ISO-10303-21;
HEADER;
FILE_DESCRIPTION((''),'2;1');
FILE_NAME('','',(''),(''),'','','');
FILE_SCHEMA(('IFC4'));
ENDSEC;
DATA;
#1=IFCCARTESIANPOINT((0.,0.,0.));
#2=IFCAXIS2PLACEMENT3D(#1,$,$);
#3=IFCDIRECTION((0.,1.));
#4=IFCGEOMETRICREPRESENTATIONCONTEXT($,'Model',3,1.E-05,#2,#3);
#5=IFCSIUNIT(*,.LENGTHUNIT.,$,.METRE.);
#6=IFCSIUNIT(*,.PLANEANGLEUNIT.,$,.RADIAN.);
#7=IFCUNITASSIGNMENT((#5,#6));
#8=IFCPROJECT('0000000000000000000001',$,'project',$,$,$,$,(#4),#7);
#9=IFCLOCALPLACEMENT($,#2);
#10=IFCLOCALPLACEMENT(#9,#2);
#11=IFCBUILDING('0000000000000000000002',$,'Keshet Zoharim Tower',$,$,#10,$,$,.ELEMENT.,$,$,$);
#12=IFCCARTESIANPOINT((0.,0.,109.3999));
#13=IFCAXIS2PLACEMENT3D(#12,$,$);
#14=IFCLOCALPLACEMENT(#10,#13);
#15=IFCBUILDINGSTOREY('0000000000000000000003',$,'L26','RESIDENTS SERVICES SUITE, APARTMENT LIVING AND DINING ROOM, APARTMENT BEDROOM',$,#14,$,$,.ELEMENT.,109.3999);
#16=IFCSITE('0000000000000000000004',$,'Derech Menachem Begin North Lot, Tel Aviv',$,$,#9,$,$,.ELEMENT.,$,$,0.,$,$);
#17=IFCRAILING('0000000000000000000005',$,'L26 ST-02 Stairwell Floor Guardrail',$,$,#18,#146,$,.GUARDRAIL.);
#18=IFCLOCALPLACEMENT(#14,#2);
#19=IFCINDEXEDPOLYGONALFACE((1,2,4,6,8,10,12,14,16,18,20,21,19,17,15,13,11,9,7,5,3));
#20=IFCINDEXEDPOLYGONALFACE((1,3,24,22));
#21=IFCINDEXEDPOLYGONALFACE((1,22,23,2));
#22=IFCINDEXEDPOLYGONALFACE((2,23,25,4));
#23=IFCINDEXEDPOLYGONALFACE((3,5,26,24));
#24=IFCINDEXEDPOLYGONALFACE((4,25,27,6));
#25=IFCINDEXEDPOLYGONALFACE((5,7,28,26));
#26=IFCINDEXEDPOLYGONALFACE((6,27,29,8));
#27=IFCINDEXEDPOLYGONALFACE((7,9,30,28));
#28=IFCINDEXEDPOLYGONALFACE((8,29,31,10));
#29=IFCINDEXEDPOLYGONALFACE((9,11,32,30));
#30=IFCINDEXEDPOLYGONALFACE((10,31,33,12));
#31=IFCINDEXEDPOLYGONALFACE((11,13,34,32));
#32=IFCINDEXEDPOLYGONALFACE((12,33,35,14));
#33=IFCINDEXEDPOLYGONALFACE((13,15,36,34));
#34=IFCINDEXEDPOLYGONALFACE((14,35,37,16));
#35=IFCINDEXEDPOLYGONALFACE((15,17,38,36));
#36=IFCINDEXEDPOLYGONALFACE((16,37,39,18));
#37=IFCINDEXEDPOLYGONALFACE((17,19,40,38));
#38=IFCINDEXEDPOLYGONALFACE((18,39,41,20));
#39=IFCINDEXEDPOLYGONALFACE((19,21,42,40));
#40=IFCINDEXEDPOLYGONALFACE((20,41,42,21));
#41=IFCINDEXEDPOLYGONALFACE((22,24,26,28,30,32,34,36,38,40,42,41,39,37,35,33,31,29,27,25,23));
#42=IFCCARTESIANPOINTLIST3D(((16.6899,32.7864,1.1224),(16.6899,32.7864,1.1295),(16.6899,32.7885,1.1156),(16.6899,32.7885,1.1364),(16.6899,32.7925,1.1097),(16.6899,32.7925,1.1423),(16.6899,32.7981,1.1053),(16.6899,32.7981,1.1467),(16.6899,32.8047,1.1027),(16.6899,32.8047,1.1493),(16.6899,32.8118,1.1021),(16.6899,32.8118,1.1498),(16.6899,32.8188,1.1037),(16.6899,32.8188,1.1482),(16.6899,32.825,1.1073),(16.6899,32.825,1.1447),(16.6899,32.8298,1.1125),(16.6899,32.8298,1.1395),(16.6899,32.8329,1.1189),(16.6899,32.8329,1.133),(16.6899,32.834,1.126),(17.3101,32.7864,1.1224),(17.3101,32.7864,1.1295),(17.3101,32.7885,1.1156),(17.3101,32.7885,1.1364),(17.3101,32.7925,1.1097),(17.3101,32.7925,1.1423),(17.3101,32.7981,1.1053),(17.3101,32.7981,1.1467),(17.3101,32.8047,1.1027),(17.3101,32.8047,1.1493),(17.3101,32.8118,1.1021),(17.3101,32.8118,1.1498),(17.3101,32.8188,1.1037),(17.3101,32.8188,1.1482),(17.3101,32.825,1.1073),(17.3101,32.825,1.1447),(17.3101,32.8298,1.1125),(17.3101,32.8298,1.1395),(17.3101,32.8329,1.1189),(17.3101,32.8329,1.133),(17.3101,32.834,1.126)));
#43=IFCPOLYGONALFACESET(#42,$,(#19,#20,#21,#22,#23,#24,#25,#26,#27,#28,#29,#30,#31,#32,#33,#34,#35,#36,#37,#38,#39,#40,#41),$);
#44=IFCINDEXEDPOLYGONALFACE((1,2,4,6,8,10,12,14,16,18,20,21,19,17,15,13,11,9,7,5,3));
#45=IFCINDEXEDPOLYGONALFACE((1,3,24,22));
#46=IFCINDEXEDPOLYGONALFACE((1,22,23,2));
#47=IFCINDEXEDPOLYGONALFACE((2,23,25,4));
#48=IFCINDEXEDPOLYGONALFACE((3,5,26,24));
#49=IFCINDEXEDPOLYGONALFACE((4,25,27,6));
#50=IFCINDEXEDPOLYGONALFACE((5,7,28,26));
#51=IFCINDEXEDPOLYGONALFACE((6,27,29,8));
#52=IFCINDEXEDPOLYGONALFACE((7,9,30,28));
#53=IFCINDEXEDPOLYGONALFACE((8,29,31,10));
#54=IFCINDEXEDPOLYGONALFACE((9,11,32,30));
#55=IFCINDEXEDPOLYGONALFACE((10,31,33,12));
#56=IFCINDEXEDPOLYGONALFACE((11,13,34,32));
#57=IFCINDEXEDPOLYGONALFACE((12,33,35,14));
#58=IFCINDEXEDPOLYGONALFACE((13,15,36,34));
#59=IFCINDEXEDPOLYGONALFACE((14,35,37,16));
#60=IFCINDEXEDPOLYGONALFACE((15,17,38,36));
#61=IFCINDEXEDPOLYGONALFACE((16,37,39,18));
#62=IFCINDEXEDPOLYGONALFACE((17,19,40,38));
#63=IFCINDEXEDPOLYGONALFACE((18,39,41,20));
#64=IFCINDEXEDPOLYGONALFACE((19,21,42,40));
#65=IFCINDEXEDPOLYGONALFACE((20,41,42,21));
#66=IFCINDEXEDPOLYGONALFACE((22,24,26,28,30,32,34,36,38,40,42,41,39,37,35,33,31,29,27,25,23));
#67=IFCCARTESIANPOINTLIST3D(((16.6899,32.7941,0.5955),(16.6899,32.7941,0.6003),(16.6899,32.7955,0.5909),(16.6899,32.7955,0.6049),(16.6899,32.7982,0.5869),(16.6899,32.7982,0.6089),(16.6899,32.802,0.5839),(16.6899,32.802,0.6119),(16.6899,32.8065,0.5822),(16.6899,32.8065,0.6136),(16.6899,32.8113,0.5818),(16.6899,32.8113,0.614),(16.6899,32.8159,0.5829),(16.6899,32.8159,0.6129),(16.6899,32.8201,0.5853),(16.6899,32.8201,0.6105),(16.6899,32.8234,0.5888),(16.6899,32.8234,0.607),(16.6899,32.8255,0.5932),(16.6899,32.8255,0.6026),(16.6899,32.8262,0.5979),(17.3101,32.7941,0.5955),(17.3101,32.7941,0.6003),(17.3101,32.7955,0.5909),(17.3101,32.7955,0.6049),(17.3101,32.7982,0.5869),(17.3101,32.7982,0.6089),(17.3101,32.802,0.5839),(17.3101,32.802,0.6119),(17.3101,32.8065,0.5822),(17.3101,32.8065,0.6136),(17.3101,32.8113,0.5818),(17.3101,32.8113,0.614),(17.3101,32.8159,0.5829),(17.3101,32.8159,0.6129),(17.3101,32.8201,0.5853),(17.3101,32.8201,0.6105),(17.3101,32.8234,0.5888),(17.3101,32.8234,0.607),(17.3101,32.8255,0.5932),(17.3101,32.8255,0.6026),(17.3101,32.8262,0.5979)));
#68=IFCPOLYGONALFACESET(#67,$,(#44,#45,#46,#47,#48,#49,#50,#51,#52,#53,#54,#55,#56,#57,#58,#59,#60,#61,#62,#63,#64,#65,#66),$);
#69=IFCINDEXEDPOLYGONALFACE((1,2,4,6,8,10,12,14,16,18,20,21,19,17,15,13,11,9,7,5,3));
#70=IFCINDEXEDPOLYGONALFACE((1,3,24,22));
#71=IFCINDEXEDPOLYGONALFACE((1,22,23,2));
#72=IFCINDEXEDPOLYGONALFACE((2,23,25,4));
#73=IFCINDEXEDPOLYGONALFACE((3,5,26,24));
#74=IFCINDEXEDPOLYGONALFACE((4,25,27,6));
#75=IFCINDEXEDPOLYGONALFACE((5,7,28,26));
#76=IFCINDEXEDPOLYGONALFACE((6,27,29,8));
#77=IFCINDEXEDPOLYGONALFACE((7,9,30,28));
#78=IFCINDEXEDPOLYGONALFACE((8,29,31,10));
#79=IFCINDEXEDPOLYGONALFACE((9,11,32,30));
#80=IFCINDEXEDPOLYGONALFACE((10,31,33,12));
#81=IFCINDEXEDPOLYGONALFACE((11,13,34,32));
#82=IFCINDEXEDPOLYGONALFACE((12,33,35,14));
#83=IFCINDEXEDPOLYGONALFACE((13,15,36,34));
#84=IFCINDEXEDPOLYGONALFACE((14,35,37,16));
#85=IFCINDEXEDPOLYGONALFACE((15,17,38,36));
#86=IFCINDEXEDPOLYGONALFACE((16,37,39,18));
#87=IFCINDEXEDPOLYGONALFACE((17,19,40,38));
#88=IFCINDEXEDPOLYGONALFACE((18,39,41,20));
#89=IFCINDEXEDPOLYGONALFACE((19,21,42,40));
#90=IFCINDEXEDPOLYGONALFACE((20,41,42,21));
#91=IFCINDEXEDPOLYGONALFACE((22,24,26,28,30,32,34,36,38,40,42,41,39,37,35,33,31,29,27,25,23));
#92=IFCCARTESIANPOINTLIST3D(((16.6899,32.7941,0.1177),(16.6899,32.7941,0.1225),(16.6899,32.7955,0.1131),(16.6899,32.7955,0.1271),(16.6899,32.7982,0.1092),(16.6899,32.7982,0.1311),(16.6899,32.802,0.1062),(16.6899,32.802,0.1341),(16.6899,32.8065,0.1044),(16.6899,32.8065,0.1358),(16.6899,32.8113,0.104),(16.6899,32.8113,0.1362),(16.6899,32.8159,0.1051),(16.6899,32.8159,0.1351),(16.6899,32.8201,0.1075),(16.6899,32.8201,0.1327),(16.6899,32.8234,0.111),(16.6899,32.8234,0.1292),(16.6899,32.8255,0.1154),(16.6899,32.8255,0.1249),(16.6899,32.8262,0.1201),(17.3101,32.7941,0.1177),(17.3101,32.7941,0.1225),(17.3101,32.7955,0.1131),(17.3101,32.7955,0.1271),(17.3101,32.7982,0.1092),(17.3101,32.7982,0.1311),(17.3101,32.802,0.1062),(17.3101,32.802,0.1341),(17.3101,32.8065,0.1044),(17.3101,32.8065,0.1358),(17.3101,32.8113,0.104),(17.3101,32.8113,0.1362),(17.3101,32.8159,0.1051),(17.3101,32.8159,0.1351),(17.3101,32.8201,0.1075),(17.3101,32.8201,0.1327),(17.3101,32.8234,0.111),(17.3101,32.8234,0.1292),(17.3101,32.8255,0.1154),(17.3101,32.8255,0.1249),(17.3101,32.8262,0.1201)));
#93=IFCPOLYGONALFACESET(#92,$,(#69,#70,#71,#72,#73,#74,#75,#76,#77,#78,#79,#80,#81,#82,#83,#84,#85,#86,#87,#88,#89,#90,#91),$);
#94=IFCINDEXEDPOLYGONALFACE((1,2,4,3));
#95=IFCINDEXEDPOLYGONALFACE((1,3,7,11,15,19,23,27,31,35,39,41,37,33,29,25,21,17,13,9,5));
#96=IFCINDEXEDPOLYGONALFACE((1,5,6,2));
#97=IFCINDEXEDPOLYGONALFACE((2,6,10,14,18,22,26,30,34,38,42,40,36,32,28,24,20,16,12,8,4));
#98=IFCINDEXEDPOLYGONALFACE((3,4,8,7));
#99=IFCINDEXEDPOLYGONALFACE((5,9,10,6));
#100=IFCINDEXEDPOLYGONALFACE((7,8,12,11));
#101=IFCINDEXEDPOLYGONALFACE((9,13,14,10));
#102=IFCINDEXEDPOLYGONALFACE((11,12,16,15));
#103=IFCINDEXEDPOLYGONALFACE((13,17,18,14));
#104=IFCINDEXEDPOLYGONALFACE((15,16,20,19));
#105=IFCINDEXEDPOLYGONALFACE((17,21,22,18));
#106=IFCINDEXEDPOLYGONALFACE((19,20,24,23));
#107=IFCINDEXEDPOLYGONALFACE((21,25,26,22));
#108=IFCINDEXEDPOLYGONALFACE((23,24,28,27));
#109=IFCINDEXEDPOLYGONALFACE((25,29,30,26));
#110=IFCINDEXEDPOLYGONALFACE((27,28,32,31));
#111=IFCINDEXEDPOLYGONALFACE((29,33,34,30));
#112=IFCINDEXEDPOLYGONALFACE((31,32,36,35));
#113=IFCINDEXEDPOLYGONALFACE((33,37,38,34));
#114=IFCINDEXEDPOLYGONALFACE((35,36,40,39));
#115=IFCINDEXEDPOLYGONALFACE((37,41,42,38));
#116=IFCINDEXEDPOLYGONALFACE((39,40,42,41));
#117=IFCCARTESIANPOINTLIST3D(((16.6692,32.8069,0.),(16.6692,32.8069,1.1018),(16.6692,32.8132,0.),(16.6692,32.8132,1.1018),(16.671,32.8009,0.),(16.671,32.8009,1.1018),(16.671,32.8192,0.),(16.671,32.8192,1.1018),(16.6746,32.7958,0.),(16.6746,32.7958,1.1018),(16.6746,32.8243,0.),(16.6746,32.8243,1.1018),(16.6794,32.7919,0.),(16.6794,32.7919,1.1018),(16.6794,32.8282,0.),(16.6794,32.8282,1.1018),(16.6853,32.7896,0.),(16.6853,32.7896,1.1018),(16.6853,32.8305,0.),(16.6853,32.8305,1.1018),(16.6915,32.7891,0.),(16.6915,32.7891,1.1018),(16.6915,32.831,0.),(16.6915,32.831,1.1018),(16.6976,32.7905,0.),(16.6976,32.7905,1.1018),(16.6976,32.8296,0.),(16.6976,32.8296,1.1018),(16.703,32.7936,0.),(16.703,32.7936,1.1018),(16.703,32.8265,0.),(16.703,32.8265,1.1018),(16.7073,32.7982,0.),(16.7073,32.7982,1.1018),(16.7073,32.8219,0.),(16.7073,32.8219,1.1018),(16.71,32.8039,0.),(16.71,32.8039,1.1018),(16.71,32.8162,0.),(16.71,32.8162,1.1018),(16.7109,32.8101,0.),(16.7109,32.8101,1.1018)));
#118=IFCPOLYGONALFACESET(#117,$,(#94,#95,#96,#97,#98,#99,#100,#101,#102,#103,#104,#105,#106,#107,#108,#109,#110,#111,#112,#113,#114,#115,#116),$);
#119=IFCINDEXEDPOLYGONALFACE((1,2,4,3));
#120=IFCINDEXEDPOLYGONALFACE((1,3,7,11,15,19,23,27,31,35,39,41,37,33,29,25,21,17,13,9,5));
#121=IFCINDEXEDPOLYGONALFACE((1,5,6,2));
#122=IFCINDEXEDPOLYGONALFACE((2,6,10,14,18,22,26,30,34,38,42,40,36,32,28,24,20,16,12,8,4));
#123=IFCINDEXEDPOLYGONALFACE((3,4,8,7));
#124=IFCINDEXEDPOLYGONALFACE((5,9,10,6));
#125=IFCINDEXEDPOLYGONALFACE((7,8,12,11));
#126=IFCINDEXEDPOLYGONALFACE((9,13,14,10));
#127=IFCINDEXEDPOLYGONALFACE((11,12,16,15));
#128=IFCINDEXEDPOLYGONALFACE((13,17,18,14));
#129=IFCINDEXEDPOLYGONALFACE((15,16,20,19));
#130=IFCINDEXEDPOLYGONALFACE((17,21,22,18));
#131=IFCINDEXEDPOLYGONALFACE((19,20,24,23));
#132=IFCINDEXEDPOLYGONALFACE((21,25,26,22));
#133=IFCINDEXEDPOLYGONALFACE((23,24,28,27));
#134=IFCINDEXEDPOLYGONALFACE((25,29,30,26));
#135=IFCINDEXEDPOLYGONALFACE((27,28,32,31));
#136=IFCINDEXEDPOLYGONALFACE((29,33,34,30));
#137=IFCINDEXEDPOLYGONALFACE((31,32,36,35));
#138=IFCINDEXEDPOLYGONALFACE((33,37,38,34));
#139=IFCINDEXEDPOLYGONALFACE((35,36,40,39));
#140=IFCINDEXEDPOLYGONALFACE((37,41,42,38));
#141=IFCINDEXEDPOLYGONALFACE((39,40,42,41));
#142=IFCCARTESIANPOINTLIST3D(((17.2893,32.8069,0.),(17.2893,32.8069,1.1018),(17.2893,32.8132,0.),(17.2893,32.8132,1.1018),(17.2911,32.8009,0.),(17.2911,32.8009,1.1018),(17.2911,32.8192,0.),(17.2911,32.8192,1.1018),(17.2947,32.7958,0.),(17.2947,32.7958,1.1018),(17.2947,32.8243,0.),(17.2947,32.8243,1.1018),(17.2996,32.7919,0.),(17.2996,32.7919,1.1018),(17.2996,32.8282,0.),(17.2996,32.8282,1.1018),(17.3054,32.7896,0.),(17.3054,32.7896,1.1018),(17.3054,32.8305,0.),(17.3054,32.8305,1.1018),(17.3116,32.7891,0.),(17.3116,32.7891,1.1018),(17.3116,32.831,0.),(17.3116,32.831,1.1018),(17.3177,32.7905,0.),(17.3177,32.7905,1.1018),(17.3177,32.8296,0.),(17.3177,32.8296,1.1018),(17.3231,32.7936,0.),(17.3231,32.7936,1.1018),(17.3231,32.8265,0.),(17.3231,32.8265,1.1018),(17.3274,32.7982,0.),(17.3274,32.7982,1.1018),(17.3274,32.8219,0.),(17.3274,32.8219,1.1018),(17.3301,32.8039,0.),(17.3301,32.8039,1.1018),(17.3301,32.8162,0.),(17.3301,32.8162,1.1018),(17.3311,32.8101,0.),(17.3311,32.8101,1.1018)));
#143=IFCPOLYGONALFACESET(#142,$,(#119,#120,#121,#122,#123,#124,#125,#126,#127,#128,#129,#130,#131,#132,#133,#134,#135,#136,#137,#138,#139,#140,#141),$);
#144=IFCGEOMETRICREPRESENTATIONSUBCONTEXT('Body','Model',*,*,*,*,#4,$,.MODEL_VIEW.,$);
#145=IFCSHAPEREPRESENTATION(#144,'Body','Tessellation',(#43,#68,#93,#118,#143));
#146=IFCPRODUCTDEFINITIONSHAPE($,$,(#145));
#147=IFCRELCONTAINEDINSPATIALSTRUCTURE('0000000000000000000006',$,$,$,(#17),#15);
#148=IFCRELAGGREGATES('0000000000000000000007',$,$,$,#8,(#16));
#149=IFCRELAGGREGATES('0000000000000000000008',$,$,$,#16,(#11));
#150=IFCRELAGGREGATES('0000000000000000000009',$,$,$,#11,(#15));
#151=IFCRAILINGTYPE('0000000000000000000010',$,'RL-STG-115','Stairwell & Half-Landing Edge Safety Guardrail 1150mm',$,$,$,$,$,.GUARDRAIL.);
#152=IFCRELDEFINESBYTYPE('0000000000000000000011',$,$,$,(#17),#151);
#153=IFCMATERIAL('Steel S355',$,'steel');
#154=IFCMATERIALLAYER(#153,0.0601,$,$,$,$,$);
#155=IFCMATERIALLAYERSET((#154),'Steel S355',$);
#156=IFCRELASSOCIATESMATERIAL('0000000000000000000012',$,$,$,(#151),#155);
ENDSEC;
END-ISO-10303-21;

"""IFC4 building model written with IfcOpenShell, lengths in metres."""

from ifc_helpers import new_model, si_unit, direction, frame, origin, origin_2d, place, context, subcontext, project, spatial, circle, extrude, material, layer, layer_set, type_object, element, save


model = new_model("IFC4")

# Units and contexts
model_context = context("Model", 3, precision=1e-05, world=origin(), true_north=direction((0.0, 1.0)))
body_context = subcontext(model_context, "Body", "Model", "MODEL_VIEW")
ifc_project = project(units=[si_unit("LENGTHUNIT", "METRE"), si_unit("PLANEANGLEUNIT", "RADIAN")], contexts=[model_context])

# Site, building, storey
site_placement = place(None, origin())
site = spatial("IfcSite", under=ifc_project, at=site_placement, Name="Derech Menachem Begin North Lot, Tel Aviv", CompositionType="ELEMENT", RefElevation=0.0)
building_placement = place(site_placement, origin())
building = spatial("IfcBuilding", under=site, at=building_placement, Name="Keshet Zoharim Tower", CompositionType="ELEMENT")
storey_placement = place(building_placement, frame((0.0, 0.0, 109.3999)))
storey = spatial("IfcBuildingStorey", under=building, at=storey_placement, Name="L26", Description="RESIDENTS SERVICES SUITE, APARTMENT LIVING AND DINING ROOM, APARTMENT BEDROOM", CompositionType="ELEMENT", Elevation=109.3999)

# Shared definitions
ifc_material_1 = material(Name="Steel S355", Category="steel")

# Railing
ifc_layer_1 = layer(ifc_material_1, 0.0601)
ifc_layer_set_1 = layer_set([ifc_layer_1], Name="Steel S355")
railing_type_1 = type_object("IfcRailingType", Name="RL-STG-115", Description="Stairwell & Half-Landing Edge Safety Guardrail 1150mm", PredefinedType="GUARDRAIL", material=ifc_layer_set_1)
railing_1_placement = place(storey_placement, frame((16.6899, 32.8101, 0.0)))
element("IfcRailing", 1, at=railing_1_placement, inside=storey, type_object=railing_type_1, Name="L26 ST-02 Stairwell Floor Guardrail", PredefinedType="GUARDRAIL", context=body_context, shape_type="SweptSolid", body=[
    extrude(circle(Radius=0.0239, at=origin_2d()), frame((0.0, 0.0, 1.126), z_axis=(1.0, 0.0, 0.0), x_axis=(0.0, 1.0, 0.0)), (0.0, 0.0, 1.0), 0.6201),
    extrude(circle(Radius=0.0161, at=origin_2d()), frame((0.0, 0.0, 0.5979), z_axis=(1.0, 0.0, 0.0), x_axis=(0.0, 1.0, 0.0)), (0.0, 0.0, 1.0), 0.6201),
    extrude(circle(Radius=0.0161, at=origin_2d()), frame((0.0, 0.0, 0.1201), z_axis=(1.0, 0.0, 0.0), x_axis=(0.0, 1.0, 0.0)), (0.0, 0.0, 1.0), 0.6201),
    extrude(circle(Radius=0.021, at=origin_2d()), origin(), (0.0, 0.0, 1.0), 1.1018),
    extrude(circle(Radius=0.021, at=origin_2d()), frame((0.6201, 0.0, 0.0)), (0.0, 0.0, 1.0), 1.1018),
])

save(model, "model.ifc")
